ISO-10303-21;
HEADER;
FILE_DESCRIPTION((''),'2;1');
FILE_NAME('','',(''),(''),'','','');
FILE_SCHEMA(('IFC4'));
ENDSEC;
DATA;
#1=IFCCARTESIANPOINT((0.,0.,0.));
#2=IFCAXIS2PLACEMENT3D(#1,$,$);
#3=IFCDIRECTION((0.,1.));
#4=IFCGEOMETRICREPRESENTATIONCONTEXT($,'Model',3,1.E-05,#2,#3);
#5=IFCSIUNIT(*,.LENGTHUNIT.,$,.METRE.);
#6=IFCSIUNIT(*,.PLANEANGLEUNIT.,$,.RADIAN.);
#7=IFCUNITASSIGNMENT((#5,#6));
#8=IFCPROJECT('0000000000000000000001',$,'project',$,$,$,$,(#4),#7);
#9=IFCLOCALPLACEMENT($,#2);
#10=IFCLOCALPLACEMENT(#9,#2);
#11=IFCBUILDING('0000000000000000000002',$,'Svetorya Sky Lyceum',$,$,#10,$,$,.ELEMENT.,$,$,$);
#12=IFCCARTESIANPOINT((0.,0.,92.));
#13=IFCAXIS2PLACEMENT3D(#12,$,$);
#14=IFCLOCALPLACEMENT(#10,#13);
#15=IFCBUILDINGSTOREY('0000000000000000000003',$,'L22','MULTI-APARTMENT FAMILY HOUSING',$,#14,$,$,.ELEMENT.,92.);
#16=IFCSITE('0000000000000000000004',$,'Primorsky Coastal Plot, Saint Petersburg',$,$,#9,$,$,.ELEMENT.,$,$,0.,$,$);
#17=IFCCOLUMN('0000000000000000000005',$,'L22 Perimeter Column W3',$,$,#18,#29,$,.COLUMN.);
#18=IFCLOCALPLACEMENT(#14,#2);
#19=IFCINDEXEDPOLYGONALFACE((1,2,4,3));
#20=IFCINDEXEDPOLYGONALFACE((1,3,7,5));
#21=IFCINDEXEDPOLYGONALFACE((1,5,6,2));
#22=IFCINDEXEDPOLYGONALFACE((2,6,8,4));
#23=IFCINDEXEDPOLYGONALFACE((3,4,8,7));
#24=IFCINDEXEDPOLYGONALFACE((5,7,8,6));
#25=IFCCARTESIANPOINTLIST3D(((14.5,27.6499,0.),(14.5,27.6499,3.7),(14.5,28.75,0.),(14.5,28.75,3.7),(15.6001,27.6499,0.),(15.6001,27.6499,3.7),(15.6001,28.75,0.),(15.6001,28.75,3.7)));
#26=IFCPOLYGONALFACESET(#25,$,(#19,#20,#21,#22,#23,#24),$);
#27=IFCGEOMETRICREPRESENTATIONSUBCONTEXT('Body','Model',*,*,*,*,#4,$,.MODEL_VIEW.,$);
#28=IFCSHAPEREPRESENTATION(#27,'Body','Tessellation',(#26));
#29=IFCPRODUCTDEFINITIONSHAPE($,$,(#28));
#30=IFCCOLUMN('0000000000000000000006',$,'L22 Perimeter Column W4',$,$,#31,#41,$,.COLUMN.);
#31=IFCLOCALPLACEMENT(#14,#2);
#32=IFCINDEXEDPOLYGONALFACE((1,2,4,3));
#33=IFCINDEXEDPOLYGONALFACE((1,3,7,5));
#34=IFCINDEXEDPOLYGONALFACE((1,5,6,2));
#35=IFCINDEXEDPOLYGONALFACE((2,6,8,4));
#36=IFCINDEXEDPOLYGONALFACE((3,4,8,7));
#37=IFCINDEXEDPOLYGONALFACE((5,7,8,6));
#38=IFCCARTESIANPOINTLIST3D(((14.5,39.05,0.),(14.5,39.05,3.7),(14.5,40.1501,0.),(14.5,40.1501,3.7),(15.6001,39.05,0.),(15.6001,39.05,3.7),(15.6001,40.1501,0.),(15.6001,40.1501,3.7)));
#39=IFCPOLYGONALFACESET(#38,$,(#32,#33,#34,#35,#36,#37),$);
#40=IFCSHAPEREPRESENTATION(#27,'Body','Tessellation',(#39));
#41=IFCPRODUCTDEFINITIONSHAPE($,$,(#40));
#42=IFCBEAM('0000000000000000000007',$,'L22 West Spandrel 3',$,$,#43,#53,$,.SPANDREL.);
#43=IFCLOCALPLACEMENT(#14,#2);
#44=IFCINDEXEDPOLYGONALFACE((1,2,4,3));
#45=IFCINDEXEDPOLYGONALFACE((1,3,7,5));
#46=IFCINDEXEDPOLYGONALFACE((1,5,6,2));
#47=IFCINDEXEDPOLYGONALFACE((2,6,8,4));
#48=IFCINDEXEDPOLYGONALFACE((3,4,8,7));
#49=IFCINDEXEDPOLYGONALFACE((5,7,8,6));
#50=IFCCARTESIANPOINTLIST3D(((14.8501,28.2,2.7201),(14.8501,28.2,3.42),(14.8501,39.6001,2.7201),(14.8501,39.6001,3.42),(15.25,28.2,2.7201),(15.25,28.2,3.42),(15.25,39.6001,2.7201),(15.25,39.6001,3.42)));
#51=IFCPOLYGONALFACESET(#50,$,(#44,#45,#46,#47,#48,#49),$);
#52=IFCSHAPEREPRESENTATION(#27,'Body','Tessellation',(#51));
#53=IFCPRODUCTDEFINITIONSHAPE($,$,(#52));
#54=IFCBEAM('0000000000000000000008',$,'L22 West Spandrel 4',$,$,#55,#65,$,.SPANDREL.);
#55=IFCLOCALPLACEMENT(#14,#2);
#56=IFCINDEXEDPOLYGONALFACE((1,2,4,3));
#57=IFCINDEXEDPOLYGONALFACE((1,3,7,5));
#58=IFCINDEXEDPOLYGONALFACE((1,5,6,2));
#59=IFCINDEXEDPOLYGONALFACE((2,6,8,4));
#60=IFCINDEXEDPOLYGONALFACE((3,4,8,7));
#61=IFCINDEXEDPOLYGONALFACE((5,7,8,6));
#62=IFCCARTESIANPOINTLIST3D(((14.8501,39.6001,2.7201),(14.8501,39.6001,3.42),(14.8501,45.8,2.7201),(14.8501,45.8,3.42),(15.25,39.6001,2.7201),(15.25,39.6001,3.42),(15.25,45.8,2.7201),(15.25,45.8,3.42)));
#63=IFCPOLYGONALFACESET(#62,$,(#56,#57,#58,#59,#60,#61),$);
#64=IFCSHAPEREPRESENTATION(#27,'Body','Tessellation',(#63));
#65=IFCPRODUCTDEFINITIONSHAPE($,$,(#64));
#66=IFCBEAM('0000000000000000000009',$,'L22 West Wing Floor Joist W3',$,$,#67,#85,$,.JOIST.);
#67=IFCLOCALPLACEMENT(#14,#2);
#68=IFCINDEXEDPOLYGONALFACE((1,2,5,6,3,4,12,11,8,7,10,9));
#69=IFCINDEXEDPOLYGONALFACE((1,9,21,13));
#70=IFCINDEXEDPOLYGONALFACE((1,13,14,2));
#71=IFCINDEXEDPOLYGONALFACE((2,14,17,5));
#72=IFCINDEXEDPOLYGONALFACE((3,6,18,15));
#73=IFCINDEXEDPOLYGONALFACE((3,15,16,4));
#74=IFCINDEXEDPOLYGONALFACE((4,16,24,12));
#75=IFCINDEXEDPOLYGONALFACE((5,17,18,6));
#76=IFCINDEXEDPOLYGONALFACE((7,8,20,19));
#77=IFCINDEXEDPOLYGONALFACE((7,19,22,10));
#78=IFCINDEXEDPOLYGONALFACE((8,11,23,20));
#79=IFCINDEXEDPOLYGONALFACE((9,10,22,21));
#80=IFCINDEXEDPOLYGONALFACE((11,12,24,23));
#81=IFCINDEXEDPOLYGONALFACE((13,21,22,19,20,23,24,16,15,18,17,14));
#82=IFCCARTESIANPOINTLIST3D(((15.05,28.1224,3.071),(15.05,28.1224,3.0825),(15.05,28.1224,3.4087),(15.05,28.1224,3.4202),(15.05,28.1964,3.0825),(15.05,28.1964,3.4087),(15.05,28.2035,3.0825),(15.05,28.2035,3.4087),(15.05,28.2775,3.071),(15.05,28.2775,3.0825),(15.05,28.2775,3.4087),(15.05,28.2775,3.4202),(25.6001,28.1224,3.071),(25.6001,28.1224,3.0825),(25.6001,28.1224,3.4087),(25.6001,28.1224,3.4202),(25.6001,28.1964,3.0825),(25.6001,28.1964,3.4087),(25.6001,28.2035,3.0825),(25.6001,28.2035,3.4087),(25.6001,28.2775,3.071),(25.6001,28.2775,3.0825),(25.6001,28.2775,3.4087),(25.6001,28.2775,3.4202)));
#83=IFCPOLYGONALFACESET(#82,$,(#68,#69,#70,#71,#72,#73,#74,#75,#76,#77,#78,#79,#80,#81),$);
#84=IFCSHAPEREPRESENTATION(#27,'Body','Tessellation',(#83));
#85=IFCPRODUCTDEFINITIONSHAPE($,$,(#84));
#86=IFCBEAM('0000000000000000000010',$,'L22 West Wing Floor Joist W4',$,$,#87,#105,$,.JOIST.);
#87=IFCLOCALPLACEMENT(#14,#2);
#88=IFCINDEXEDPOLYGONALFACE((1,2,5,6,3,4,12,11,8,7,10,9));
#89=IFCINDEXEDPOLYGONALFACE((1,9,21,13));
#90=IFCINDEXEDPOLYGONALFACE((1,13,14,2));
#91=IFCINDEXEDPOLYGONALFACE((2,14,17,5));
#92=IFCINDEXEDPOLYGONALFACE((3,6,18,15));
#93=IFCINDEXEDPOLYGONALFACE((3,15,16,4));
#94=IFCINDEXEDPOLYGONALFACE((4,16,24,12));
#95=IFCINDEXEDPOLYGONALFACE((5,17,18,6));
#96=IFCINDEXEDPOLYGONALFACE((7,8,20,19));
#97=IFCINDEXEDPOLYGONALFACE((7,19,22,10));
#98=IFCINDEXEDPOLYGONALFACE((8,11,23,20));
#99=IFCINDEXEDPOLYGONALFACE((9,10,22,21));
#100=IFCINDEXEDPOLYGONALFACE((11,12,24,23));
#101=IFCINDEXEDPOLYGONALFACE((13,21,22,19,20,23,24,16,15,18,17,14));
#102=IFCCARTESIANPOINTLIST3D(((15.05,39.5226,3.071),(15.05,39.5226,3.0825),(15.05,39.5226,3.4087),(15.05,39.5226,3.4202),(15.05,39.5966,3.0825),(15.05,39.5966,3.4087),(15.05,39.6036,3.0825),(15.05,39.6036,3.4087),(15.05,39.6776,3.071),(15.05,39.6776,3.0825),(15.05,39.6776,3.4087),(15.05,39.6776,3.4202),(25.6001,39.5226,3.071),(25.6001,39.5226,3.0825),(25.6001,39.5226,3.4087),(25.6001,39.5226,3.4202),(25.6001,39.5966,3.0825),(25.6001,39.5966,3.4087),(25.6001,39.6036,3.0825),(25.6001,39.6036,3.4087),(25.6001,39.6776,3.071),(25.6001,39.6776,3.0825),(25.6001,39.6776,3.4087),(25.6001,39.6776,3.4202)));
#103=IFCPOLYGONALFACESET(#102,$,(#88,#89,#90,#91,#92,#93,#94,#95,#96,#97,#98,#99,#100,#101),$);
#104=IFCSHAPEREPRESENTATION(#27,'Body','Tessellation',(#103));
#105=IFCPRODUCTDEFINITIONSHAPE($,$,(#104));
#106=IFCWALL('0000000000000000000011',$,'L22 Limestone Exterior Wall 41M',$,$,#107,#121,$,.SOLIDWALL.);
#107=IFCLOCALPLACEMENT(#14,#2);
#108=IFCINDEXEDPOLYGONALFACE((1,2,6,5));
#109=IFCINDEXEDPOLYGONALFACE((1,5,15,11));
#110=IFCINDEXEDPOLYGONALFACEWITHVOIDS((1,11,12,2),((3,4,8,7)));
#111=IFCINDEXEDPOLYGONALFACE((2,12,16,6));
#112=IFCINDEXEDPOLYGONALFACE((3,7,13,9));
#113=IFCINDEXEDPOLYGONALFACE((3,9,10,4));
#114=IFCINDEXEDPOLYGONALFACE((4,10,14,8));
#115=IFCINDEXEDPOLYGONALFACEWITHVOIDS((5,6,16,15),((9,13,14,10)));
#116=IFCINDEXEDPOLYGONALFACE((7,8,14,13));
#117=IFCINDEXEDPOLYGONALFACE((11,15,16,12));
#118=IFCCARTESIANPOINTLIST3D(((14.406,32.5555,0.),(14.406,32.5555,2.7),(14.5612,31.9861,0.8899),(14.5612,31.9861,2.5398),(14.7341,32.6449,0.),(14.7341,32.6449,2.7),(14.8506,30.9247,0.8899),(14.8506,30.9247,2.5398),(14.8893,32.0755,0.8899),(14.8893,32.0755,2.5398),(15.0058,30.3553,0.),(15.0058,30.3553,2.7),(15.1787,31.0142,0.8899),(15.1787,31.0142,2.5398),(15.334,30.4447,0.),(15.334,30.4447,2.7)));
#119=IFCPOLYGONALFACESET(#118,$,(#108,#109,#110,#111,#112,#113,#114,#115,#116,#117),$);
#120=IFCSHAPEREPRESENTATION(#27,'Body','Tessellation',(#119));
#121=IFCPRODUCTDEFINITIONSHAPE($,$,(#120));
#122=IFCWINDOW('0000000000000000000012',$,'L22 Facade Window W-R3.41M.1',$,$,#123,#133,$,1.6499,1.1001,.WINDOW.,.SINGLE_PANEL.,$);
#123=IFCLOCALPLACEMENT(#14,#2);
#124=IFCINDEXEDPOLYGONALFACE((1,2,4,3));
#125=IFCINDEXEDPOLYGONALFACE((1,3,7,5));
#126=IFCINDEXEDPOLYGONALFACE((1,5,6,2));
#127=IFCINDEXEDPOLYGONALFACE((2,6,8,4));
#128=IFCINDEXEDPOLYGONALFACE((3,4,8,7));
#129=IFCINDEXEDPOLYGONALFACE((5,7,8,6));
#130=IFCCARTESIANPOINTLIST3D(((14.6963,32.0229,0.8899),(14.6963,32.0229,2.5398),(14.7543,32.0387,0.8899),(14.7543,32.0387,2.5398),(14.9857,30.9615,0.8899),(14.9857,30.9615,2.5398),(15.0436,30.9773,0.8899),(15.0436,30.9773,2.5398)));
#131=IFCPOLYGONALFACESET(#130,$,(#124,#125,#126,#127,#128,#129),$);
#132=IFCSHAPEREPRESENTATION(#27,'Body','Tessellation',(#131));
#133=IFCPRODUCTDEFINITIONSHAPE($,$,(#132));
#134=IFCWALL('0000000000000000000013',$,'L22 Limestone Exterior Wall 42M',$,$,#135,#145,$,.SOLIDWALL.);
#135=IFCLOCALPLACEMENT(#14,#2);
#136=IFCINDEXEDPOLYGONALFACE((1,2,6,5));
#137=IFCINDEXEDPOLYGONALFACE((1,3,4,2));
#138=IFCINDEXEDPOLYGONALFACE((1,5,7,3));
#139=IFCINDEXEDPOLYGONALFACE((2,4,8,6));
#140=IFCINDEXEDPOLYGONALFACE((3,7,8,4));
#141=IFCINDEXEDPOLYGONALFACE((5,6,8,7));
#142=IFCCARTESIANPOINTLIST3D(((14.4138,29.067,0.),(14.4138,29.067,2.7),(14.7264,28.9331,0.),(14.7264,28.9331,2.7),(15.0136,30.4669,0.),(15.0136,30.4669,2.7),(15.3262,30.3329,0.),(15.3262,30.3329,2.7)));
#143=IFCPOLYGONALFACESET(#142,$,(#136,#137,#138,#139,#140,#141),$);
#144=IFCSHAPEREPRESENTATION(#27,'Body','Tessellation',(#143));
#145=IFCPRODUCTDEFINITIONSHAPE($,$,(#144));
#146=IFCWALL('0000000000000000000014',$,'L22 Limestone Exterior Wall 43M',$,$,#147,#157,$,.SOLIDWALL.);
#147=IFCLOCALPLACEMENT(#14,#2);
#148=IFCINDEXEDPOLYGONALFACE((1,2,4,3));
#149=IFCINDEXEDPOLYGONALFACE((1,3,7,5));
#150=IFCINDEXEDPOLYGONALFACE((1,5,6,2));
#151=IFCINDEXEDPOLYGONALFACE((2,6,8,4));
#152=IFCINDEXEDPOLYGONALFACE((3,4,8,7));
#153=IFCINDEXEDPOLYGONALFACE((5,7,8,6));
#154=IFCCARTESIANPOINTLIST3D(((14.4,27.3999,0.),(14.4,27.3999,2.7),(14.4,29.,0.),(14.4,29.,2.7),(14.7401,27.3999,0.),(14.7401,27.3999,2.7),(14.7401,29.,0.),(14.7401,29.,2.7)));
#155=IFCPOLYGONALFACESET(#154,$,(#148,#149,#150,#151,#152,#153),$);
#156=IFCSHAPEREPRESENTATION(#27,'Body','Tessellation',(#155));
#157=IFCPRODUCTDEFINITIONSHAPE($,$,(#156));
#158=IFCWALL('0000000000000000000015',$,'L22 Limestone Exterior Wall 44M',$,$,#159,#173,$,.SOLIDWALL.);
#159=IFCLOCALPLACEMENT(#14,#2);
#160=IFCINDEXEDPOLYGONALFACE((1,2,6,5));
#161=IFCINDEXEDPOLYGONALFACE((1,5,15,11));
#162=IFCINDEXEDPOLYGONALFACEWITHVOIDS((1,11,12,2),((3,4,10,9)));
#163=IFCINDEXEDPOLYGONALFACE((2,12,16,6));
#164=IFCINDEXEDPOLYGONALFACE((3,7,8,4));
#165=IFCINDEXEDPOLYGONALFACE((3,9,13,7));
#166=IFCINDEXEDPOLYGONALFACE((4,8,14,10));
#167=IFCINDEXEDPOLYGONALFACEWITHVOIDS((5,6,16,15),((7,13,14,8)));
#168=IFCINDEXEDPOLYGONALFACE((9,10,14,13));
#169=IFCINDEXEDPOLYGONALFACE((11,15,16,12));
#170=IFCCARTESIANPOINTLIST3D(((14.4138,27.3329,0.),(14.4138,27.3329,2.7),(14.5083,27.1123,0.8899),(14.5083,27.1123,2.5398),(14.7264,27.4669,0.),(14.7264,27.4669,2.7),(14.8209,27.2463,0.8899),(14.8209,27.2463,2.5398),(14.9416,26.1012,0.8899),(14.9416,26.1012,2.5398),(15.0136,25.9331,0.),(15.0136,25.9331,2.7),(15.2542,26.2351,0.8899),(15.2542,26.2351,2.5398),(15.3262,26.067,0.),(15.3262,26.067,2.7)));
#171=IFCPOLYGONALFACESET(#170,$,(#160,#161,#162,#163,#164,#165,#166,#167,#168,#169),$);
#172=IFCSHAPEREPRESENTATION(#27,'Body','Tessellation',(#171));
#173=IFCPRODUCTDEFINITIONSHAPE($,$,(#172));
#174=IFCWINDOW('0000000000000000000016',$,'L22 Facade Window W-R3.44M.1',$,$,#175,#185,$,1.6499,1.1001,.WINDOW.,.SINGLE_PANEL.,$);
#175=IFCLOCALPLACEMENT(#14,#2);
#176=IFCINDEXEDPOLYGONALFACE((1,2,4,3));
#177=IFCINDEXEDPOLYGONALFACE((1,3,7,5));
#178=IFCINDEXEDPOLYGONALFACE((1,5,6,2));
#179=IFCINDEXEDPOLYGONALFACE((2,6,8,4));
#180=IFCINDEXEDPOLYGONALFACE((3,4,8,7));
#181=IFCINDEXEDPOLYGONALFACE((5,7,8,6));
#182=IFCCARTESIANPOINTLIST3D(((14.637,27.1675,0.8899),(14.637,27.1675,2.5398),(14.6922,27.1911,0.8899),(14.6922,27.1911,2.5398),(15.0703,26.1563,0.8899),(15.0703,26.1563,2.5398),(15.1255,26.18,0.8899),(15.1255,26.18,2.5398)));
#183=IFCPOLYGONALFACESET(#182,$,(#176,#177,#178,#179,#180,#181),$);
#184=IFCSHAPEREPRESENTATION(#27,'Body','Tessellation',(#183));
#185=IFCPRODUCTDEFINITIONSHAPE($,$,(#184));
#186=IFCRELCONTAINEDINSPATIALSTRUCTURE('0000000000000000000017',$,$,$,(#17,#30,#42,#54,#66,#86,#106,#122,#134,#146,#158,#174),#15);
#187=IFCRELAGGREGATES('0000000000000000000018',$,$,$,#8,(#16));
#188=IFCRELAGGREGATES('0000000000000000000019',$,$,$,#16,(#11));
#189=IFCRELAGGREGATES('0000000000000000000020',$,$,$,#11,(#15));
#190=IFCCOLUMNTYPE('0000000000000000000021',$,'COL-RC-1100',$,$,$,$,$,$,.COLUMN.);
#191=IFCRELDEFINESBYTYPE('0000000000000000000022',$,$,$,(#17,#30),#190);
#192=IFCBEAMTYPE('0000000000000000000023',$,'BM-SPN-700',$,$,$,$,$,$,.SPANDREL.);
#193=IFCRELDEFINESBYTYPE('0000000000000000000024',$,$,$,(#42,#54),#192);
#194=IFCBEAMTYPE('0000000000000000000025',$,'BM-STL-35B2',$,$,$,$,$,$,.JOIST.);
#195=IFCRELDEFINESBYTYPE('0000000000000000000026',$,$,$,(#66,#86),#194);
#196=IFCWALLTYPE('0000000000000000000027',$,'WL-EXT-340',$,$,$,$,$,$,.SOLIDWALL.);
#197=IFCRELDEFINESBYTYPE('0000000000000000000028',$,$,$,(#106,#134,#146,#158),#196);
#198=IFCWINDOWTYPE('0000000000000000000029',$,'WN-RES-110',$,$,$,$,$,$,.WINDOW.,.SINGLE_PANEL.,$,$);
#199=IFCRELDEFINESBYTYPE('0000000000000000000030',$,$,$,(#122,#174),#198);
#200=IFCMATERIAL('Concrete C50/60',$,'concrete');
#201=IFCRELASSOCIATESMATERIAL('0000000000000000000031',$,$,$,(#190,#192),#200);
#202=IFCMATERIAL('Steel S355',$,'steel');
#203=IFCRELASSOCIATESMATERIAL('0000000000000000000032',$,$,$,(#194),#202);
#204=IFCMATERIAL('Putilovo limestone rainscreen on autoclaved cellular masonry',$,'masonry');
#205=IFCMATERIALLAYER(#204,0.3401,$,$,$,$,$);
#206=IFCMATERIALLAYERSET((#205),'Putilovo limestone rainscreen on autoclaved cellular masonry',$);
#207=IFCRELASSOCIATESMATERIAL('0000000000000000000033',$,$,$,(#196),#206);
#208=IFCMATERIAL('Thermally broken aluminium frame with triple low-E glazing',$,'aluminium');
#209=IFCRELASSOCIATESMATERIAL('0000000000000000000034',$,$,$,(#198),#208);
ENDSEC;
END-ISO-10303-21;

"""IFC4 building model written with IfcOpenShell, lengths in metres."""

from ifc_helpers import new_model, si_unit, direction, frame, frame_2d, origin, origin_2d, place, context, subcontext, project, spatial, rectangle, i_section, extrude, material, layer, layer_set, material_profile, profile_set, type_object, element, fill, save


model = new_model("IFC4")

# Units and contexts
model_context = context("Model", 3, precision=1e-05, world=origin(), true_north=direction((0.0, 1.0)))
body_context = subcontext(model_context, "Body", "Model", "MODEL_VIEW")
ifc_project = project(units=[si_unit("LENGTHUNIT", "METRE"), si_unit("PLANEANGLEUNIT", "RADIAN")], contexts=[model_context])

# Site, building, storey
site_placement = place(None, origin())
site = spatial("IfcSite", under=ifc_project, at=site_placement, Name="Primorsky Coastal Plot, Saint Petersburg", CompositionType="ELEMENT", RefElevation=0.0)
building_placement = place(site_placement, origin())
building = spatial("IfcBuilding", under=site, at=building_placement, Name="Svetorya Sky Lyceum", CompositionType="ELEMENT")
storey_placement = place(building_placement, frame((0.0, 0.0, 92.0)))
storey = spatial("IfcBuildingStorey", under=building, at=storey_placement, Name="L22", Description="MULTI-APARTMENT FAMILY HOUSING", CompositionType="ELEMENT", Elevation=92.0)

# Columns
ifc_material_1 = material(Name="Concrete C50/60", Category="concrete")
ifc_material_profile_1 = material_profile(ifc_material_1, rectangle(XDim=1.1001, YDim=1.1001, at=origin_2d()), Name="RC COL 1100x1100")
ifc_profile_set_1 = profile_set([ifc_material_profile_1], Name="Concrete C50/60")
column_type = type_object("IfcColumnType", Name="COL-RC-1100", PredefinedType="COLUMN", material=ifc_profile_set_1)
for number, where, z_axis, x_axis, name in (
    (1, (15.05, 28.2, 0.0), (0.0, 0.0, 1.0), (1.0, 0.0, 0.0), "L22 Perimeter Column W3"),
    (2, (15.05, 39.6001, 0.0), (0.0, 0.0, 1.0), (1.0, 0.0, 0.0), "L22 Perimeter Column W4"),
):
    element("IfcColumn", number, at=place(storey_placement, frame(where, z_axis=z_axis, x_axis=x_axis)), inside=storey, type_object=column_type, Name=name, PredefinedType="COLUMN", context=body_context, shape_type="SweptSolid", body=[
        extrude(rectangle(XDim=1.1001, YDim=1.1001, at=origin_2d()), origin(), (0.0, 0.0, 1.0), 3.7),
    ])

# Beams
ifc_material_profile_2 = material_profile(ifc_material_1, rectangle(XDim=0.3999, YDim=0.7, at=origin_2d()), Name="RC SPANDREL 400x700")
ifc_profile_set_2 = profile_set([ifc_material_profile_2], Name="Concrete C50/60")
beam_type_1 = type_object("IfcBeamType", Name="BM-SPN-700", PredefinedType="SPANDREL", material=ifc_profile_set_2)
beam_1_placement = place(storey_placement, frame((15.05, 28.2, 3.0701), z_axis=(0.0, 1.0, 0.0), x_axis=(-1.0, 0.0, 0.0)))
element("IfcBeam", 3, at=beam_1_placement, inside=storey, type_object=beam_type_1, Name="L22 West Spandrel 3", PredefinedType="SPANDREL", context=body_context, shape_type="SweptSolid", body=[
    extrude(rectangle(XDim=0.3999, YDim=0.7, at=origin_2d()), origin(), (0.0, 0.0, 1.0), 11.4001),
])
beam_2_placement = place(storey_placement, frame((15.05, 39.6001, 3.0701), z_axis=(0.0, 1.0, 0.0), x_axis=(-1.0, 0.0, 0.0)))
element("IfcBeam", 4, at=beam_2_placement, inside=storey, type_object=beam_type_1, Name="L22 West Spandrel 4", PredefinedType="SPANDREL", context=body_context, shape_type="SweptSolid", body=[
    extrude(rectangle(XDim=0.3999, YDim=0.7, at=origin_2d()), origin(), (0.0, 0.0, 1.0), 6.2),
])
ifc_material_2 = material(Name="Steel S355", Category="steel")
ifc_material_profile_3 = material_profile(ifc_material_2, i_section(OverallWidth=0.155, OverallDepth=0.3491, WebThickness=0.0071, FlangeThickness=0.0115, at=origin_2d()), Name="GOST 35B2")
ifc_profile_set_3 = profile_set([ifc_material_profile_3], Name="Steel S355")
beam_type_2 = type_object("IfcBeamType", Name="BM-STL-35B2", PredefinedType="JOIST", material=ifc_profile_set_3)
for number, where, z_axis, x_axis, name in (
    (5, (15.05, 28.2, 3.2456), (1.0, 0.0, 0.0), (0.0, 1.0, 0.0), "L22 West Wing Floor Joist W3"),
    (6, (15.05, 39.6001, 3.2456), (1.0, 0.0, 0.0), (0.0, 1.0, 0.0), "L22 West Wing Floor Joist W4"),
):
    element("IfcBeam", number, at=place(storey_placement, frame(where, z_axis=z_axis, x_axis=x_axis)), inside=storey, type_object=beam_type_2, Name=name, PredefinedType="JOIST", context=body_context, shape_type="SweptSolid", body=[
        extrude(i_section(OverallWidth=0.155, OverallDepth=0.3491, WebThickness=0.0071, FlangeThickness=0.0115, at=origin_2d()), origin(), (0.0, 0.0, 1.0), 10.55),
    ])

# Wall, opening, window
ifc_material_3 = material(Name="Putilovo limestone rainscreen on autoclaved cellular masonry", Category="masonry")
ifc_layer_1 = layer(ifc_material_3, 0.3401)
ifc_layer_set_1 = layer_set([ifc_layer_1], Name="Putilovo limestone rainscreen on autoclaved cellular masonry")
wall_type_1 = type_object("IfcWallType", Name="WL-EXT-340", PredefinedType="SOLIDWALL", material=ifc_layer_set_1)
wall_1_placement = place(storey_placement, frame((14.5701, 32.6001, 0.0), z_axis=(0.0, 0.0, 1.0), x_axis=(0.263036, -0.964786, 0.0)))
wall_1 = element("IfcWall", 7, at=wall_1_placement, inside=storey, type_object=wall_type_1, Name="L22 Limestone Exterior Wall 41M", PredefinedType="SOLIDWALL", context=body_context, shape_type="SweptSolid", body=[
    extrude(rectangle(XDim=2.2805, YDim=0.3401, at=frame_2d((1.1401, 0.0))), origin(), (0.0, 0.0, 1.0), 2.7),
])
opening_1_placement = place(wall_1_placement, frame((0.5901, 0.0, 0.8899)))
opening_1 = element("IfcOpeningElement", 8, at=opening_1_placement, cuts=wall_1, PredefinedType="OPENING", context=body_context, shape_type="SweptSolid", body=[
    extrude(rectangle(XDim=1.1001, YDim=1.6499, at=frame_2d((0.55, 0.825))), frame((0.0, 0.1799, 0.0), z_axis=(0.0, -1.0, 0.0), x_axis=(1.0, 0.0, 0.0)), (0.0, 0.0, 1.0), 0.3601),
])
ifc_material_4 = material(Name="Thermally broken aluminium frame with triple low-E glazing", Category="aluminium")
window_type_1 = type_object("IfcWindowType", Name="WN-RES-110", PartitioningType="SINGLE_PANEL", PredefinedType="WINDOW", material=ifc_material_4)
window_1_placement = place(opening_1_placement, origin())
window_1 = element("IfcWindow", 9, at=window_1_placement, inside=storey, type_object=window_type_1, Name="L22 Facade Window W-R3.41M.1", OverallHeight=1.6499, OverallWidth=1.1001, PartitioningType="SINGLE_PANEL", PredefinedType="WINDOW", context=body_context, shape_type="SweptSolid", body=[
    extrude(rectangle(XDim=1.1001, YDim=1.6499, at=frame_2d((0.55, 0.825))), frame((0.0, 0.03, 0.0), z_axis=(0.0, -1.0, 0.0), x_axis=(1.0, 0.0, 0.0)), (0.0, 0.0, 1.0), 0.0601),
])
fill(opening_1, window_1)

# Walls
wall_2_placement = place(storey_placement, frame((15.1699, 30.3999, 0.0), z_axis=(0.0, 0.0, 1.0), x_axis=(-0.393861, -0.91917, 0.0)))
element("IfcWall", 10, at=wall_2_placement, inside=storey, type_object=wall_type_1, Name="L22 Limestone Exterior Wall 42M", PredefinedType="SOLIDWALL", context=body_context, shape_type="SweptSolid", body=[
    extrude(rectangle(XDim=1.5229, YDim=0.3401, at=frame_2d((0.7615, 0.0))), origin(), (0.0, 0.0, 1.0), 2.7),
])
wall_3_placement = place(storey_placement, frame((14.5701, 29.0, 0.0), z_axis=(0.0, 0.0, 1.0), x_axis=(0.0, -1.0, 0.0)))
element("IfcWall", 11, at=wall_3_placement, inside=storey, type_object=wall_type_1, Name="L22 Limestone Exterior Wall 43M", PredefinedType="SOLIDWALL", context=body_context, shape_type="SweptSolid", body=[
    extrude(rectangle(XDim=1.6001, YDim=0.3401, at=frame_2d((0.8, 0.0))), origin(), (0.0, 0.0, 1.0), 2.7),
])

# Wall, opening, window
wall_4_placement = place(storey_placement, frame((14.5701, 27.3999, 0.0), z_axis=(0.0, 0.0, 1.0), x_axis=(0.393861, -0.91917, 0.0)))
wall_4 = element("IfcWall", 12, at=wall_4_placement, inside=storey, type_object=wall_type_1, Name="L22 Limestone Exterior Wall 44M", PredefinedType="SOLIDWALL", context=body_context, shape_type="SweptSolid", body=[
    extrude(rectangle(XDim=1.5229, YDim=0.3401, at=frame_2d((0.7615, 0.0))), origin(), (0.0, 0.0, 1.0), 2.7),
])
opening_2_placement = place(wall_4_placement, frame((0.24, 0.0, 0.8899)))
opening_2 = element("IfcOpeningElement", 13, at=opening_2_placement, cuts=wall_4, PredefinedType="OPENING", context=body_context, shape_type="SweptSolid", body=[
    extrude(rectangle(XDim=1.1001, YDim=1.6499, at=frame_2d((0.55, 0.825))), frame((0.0, 0.1799, 0.0), z_axis=(0.0, -1.0, 0.0), x_axis=(1.0, 0.0, 0.0)), (0.0, 0.0, 1.0), 0.3601),
])
window_2_placement = place(opening_2_placement, origin())
window_2 = element("IfcWindow", 14, at=window_2_placement, inside=storey, type_object=window_type_1, Name="L22 Facade Window W-R3.44M.1", OverallHeight=1.6499, OverallWidth=1.1001, PartitioningType="SINGLE_PANEL", PredefinedType="WINDOW", context=body_context, shape_type="SweptSolid", body=[
    extrude(rectangle(XDim=1.1001, YDim=1.6499, at=frame_2d((0.55, 0.825))), frame((0.0, 0.03, 0.0), z_axis=(0.0, -1.0, 0.0), x_axis=(1.0, 0.0, 0.0)), (0.0, 0.0, 1.0), 0.0601),
])
fill(opening_2, window_2)

save(model, "model.ifc")
